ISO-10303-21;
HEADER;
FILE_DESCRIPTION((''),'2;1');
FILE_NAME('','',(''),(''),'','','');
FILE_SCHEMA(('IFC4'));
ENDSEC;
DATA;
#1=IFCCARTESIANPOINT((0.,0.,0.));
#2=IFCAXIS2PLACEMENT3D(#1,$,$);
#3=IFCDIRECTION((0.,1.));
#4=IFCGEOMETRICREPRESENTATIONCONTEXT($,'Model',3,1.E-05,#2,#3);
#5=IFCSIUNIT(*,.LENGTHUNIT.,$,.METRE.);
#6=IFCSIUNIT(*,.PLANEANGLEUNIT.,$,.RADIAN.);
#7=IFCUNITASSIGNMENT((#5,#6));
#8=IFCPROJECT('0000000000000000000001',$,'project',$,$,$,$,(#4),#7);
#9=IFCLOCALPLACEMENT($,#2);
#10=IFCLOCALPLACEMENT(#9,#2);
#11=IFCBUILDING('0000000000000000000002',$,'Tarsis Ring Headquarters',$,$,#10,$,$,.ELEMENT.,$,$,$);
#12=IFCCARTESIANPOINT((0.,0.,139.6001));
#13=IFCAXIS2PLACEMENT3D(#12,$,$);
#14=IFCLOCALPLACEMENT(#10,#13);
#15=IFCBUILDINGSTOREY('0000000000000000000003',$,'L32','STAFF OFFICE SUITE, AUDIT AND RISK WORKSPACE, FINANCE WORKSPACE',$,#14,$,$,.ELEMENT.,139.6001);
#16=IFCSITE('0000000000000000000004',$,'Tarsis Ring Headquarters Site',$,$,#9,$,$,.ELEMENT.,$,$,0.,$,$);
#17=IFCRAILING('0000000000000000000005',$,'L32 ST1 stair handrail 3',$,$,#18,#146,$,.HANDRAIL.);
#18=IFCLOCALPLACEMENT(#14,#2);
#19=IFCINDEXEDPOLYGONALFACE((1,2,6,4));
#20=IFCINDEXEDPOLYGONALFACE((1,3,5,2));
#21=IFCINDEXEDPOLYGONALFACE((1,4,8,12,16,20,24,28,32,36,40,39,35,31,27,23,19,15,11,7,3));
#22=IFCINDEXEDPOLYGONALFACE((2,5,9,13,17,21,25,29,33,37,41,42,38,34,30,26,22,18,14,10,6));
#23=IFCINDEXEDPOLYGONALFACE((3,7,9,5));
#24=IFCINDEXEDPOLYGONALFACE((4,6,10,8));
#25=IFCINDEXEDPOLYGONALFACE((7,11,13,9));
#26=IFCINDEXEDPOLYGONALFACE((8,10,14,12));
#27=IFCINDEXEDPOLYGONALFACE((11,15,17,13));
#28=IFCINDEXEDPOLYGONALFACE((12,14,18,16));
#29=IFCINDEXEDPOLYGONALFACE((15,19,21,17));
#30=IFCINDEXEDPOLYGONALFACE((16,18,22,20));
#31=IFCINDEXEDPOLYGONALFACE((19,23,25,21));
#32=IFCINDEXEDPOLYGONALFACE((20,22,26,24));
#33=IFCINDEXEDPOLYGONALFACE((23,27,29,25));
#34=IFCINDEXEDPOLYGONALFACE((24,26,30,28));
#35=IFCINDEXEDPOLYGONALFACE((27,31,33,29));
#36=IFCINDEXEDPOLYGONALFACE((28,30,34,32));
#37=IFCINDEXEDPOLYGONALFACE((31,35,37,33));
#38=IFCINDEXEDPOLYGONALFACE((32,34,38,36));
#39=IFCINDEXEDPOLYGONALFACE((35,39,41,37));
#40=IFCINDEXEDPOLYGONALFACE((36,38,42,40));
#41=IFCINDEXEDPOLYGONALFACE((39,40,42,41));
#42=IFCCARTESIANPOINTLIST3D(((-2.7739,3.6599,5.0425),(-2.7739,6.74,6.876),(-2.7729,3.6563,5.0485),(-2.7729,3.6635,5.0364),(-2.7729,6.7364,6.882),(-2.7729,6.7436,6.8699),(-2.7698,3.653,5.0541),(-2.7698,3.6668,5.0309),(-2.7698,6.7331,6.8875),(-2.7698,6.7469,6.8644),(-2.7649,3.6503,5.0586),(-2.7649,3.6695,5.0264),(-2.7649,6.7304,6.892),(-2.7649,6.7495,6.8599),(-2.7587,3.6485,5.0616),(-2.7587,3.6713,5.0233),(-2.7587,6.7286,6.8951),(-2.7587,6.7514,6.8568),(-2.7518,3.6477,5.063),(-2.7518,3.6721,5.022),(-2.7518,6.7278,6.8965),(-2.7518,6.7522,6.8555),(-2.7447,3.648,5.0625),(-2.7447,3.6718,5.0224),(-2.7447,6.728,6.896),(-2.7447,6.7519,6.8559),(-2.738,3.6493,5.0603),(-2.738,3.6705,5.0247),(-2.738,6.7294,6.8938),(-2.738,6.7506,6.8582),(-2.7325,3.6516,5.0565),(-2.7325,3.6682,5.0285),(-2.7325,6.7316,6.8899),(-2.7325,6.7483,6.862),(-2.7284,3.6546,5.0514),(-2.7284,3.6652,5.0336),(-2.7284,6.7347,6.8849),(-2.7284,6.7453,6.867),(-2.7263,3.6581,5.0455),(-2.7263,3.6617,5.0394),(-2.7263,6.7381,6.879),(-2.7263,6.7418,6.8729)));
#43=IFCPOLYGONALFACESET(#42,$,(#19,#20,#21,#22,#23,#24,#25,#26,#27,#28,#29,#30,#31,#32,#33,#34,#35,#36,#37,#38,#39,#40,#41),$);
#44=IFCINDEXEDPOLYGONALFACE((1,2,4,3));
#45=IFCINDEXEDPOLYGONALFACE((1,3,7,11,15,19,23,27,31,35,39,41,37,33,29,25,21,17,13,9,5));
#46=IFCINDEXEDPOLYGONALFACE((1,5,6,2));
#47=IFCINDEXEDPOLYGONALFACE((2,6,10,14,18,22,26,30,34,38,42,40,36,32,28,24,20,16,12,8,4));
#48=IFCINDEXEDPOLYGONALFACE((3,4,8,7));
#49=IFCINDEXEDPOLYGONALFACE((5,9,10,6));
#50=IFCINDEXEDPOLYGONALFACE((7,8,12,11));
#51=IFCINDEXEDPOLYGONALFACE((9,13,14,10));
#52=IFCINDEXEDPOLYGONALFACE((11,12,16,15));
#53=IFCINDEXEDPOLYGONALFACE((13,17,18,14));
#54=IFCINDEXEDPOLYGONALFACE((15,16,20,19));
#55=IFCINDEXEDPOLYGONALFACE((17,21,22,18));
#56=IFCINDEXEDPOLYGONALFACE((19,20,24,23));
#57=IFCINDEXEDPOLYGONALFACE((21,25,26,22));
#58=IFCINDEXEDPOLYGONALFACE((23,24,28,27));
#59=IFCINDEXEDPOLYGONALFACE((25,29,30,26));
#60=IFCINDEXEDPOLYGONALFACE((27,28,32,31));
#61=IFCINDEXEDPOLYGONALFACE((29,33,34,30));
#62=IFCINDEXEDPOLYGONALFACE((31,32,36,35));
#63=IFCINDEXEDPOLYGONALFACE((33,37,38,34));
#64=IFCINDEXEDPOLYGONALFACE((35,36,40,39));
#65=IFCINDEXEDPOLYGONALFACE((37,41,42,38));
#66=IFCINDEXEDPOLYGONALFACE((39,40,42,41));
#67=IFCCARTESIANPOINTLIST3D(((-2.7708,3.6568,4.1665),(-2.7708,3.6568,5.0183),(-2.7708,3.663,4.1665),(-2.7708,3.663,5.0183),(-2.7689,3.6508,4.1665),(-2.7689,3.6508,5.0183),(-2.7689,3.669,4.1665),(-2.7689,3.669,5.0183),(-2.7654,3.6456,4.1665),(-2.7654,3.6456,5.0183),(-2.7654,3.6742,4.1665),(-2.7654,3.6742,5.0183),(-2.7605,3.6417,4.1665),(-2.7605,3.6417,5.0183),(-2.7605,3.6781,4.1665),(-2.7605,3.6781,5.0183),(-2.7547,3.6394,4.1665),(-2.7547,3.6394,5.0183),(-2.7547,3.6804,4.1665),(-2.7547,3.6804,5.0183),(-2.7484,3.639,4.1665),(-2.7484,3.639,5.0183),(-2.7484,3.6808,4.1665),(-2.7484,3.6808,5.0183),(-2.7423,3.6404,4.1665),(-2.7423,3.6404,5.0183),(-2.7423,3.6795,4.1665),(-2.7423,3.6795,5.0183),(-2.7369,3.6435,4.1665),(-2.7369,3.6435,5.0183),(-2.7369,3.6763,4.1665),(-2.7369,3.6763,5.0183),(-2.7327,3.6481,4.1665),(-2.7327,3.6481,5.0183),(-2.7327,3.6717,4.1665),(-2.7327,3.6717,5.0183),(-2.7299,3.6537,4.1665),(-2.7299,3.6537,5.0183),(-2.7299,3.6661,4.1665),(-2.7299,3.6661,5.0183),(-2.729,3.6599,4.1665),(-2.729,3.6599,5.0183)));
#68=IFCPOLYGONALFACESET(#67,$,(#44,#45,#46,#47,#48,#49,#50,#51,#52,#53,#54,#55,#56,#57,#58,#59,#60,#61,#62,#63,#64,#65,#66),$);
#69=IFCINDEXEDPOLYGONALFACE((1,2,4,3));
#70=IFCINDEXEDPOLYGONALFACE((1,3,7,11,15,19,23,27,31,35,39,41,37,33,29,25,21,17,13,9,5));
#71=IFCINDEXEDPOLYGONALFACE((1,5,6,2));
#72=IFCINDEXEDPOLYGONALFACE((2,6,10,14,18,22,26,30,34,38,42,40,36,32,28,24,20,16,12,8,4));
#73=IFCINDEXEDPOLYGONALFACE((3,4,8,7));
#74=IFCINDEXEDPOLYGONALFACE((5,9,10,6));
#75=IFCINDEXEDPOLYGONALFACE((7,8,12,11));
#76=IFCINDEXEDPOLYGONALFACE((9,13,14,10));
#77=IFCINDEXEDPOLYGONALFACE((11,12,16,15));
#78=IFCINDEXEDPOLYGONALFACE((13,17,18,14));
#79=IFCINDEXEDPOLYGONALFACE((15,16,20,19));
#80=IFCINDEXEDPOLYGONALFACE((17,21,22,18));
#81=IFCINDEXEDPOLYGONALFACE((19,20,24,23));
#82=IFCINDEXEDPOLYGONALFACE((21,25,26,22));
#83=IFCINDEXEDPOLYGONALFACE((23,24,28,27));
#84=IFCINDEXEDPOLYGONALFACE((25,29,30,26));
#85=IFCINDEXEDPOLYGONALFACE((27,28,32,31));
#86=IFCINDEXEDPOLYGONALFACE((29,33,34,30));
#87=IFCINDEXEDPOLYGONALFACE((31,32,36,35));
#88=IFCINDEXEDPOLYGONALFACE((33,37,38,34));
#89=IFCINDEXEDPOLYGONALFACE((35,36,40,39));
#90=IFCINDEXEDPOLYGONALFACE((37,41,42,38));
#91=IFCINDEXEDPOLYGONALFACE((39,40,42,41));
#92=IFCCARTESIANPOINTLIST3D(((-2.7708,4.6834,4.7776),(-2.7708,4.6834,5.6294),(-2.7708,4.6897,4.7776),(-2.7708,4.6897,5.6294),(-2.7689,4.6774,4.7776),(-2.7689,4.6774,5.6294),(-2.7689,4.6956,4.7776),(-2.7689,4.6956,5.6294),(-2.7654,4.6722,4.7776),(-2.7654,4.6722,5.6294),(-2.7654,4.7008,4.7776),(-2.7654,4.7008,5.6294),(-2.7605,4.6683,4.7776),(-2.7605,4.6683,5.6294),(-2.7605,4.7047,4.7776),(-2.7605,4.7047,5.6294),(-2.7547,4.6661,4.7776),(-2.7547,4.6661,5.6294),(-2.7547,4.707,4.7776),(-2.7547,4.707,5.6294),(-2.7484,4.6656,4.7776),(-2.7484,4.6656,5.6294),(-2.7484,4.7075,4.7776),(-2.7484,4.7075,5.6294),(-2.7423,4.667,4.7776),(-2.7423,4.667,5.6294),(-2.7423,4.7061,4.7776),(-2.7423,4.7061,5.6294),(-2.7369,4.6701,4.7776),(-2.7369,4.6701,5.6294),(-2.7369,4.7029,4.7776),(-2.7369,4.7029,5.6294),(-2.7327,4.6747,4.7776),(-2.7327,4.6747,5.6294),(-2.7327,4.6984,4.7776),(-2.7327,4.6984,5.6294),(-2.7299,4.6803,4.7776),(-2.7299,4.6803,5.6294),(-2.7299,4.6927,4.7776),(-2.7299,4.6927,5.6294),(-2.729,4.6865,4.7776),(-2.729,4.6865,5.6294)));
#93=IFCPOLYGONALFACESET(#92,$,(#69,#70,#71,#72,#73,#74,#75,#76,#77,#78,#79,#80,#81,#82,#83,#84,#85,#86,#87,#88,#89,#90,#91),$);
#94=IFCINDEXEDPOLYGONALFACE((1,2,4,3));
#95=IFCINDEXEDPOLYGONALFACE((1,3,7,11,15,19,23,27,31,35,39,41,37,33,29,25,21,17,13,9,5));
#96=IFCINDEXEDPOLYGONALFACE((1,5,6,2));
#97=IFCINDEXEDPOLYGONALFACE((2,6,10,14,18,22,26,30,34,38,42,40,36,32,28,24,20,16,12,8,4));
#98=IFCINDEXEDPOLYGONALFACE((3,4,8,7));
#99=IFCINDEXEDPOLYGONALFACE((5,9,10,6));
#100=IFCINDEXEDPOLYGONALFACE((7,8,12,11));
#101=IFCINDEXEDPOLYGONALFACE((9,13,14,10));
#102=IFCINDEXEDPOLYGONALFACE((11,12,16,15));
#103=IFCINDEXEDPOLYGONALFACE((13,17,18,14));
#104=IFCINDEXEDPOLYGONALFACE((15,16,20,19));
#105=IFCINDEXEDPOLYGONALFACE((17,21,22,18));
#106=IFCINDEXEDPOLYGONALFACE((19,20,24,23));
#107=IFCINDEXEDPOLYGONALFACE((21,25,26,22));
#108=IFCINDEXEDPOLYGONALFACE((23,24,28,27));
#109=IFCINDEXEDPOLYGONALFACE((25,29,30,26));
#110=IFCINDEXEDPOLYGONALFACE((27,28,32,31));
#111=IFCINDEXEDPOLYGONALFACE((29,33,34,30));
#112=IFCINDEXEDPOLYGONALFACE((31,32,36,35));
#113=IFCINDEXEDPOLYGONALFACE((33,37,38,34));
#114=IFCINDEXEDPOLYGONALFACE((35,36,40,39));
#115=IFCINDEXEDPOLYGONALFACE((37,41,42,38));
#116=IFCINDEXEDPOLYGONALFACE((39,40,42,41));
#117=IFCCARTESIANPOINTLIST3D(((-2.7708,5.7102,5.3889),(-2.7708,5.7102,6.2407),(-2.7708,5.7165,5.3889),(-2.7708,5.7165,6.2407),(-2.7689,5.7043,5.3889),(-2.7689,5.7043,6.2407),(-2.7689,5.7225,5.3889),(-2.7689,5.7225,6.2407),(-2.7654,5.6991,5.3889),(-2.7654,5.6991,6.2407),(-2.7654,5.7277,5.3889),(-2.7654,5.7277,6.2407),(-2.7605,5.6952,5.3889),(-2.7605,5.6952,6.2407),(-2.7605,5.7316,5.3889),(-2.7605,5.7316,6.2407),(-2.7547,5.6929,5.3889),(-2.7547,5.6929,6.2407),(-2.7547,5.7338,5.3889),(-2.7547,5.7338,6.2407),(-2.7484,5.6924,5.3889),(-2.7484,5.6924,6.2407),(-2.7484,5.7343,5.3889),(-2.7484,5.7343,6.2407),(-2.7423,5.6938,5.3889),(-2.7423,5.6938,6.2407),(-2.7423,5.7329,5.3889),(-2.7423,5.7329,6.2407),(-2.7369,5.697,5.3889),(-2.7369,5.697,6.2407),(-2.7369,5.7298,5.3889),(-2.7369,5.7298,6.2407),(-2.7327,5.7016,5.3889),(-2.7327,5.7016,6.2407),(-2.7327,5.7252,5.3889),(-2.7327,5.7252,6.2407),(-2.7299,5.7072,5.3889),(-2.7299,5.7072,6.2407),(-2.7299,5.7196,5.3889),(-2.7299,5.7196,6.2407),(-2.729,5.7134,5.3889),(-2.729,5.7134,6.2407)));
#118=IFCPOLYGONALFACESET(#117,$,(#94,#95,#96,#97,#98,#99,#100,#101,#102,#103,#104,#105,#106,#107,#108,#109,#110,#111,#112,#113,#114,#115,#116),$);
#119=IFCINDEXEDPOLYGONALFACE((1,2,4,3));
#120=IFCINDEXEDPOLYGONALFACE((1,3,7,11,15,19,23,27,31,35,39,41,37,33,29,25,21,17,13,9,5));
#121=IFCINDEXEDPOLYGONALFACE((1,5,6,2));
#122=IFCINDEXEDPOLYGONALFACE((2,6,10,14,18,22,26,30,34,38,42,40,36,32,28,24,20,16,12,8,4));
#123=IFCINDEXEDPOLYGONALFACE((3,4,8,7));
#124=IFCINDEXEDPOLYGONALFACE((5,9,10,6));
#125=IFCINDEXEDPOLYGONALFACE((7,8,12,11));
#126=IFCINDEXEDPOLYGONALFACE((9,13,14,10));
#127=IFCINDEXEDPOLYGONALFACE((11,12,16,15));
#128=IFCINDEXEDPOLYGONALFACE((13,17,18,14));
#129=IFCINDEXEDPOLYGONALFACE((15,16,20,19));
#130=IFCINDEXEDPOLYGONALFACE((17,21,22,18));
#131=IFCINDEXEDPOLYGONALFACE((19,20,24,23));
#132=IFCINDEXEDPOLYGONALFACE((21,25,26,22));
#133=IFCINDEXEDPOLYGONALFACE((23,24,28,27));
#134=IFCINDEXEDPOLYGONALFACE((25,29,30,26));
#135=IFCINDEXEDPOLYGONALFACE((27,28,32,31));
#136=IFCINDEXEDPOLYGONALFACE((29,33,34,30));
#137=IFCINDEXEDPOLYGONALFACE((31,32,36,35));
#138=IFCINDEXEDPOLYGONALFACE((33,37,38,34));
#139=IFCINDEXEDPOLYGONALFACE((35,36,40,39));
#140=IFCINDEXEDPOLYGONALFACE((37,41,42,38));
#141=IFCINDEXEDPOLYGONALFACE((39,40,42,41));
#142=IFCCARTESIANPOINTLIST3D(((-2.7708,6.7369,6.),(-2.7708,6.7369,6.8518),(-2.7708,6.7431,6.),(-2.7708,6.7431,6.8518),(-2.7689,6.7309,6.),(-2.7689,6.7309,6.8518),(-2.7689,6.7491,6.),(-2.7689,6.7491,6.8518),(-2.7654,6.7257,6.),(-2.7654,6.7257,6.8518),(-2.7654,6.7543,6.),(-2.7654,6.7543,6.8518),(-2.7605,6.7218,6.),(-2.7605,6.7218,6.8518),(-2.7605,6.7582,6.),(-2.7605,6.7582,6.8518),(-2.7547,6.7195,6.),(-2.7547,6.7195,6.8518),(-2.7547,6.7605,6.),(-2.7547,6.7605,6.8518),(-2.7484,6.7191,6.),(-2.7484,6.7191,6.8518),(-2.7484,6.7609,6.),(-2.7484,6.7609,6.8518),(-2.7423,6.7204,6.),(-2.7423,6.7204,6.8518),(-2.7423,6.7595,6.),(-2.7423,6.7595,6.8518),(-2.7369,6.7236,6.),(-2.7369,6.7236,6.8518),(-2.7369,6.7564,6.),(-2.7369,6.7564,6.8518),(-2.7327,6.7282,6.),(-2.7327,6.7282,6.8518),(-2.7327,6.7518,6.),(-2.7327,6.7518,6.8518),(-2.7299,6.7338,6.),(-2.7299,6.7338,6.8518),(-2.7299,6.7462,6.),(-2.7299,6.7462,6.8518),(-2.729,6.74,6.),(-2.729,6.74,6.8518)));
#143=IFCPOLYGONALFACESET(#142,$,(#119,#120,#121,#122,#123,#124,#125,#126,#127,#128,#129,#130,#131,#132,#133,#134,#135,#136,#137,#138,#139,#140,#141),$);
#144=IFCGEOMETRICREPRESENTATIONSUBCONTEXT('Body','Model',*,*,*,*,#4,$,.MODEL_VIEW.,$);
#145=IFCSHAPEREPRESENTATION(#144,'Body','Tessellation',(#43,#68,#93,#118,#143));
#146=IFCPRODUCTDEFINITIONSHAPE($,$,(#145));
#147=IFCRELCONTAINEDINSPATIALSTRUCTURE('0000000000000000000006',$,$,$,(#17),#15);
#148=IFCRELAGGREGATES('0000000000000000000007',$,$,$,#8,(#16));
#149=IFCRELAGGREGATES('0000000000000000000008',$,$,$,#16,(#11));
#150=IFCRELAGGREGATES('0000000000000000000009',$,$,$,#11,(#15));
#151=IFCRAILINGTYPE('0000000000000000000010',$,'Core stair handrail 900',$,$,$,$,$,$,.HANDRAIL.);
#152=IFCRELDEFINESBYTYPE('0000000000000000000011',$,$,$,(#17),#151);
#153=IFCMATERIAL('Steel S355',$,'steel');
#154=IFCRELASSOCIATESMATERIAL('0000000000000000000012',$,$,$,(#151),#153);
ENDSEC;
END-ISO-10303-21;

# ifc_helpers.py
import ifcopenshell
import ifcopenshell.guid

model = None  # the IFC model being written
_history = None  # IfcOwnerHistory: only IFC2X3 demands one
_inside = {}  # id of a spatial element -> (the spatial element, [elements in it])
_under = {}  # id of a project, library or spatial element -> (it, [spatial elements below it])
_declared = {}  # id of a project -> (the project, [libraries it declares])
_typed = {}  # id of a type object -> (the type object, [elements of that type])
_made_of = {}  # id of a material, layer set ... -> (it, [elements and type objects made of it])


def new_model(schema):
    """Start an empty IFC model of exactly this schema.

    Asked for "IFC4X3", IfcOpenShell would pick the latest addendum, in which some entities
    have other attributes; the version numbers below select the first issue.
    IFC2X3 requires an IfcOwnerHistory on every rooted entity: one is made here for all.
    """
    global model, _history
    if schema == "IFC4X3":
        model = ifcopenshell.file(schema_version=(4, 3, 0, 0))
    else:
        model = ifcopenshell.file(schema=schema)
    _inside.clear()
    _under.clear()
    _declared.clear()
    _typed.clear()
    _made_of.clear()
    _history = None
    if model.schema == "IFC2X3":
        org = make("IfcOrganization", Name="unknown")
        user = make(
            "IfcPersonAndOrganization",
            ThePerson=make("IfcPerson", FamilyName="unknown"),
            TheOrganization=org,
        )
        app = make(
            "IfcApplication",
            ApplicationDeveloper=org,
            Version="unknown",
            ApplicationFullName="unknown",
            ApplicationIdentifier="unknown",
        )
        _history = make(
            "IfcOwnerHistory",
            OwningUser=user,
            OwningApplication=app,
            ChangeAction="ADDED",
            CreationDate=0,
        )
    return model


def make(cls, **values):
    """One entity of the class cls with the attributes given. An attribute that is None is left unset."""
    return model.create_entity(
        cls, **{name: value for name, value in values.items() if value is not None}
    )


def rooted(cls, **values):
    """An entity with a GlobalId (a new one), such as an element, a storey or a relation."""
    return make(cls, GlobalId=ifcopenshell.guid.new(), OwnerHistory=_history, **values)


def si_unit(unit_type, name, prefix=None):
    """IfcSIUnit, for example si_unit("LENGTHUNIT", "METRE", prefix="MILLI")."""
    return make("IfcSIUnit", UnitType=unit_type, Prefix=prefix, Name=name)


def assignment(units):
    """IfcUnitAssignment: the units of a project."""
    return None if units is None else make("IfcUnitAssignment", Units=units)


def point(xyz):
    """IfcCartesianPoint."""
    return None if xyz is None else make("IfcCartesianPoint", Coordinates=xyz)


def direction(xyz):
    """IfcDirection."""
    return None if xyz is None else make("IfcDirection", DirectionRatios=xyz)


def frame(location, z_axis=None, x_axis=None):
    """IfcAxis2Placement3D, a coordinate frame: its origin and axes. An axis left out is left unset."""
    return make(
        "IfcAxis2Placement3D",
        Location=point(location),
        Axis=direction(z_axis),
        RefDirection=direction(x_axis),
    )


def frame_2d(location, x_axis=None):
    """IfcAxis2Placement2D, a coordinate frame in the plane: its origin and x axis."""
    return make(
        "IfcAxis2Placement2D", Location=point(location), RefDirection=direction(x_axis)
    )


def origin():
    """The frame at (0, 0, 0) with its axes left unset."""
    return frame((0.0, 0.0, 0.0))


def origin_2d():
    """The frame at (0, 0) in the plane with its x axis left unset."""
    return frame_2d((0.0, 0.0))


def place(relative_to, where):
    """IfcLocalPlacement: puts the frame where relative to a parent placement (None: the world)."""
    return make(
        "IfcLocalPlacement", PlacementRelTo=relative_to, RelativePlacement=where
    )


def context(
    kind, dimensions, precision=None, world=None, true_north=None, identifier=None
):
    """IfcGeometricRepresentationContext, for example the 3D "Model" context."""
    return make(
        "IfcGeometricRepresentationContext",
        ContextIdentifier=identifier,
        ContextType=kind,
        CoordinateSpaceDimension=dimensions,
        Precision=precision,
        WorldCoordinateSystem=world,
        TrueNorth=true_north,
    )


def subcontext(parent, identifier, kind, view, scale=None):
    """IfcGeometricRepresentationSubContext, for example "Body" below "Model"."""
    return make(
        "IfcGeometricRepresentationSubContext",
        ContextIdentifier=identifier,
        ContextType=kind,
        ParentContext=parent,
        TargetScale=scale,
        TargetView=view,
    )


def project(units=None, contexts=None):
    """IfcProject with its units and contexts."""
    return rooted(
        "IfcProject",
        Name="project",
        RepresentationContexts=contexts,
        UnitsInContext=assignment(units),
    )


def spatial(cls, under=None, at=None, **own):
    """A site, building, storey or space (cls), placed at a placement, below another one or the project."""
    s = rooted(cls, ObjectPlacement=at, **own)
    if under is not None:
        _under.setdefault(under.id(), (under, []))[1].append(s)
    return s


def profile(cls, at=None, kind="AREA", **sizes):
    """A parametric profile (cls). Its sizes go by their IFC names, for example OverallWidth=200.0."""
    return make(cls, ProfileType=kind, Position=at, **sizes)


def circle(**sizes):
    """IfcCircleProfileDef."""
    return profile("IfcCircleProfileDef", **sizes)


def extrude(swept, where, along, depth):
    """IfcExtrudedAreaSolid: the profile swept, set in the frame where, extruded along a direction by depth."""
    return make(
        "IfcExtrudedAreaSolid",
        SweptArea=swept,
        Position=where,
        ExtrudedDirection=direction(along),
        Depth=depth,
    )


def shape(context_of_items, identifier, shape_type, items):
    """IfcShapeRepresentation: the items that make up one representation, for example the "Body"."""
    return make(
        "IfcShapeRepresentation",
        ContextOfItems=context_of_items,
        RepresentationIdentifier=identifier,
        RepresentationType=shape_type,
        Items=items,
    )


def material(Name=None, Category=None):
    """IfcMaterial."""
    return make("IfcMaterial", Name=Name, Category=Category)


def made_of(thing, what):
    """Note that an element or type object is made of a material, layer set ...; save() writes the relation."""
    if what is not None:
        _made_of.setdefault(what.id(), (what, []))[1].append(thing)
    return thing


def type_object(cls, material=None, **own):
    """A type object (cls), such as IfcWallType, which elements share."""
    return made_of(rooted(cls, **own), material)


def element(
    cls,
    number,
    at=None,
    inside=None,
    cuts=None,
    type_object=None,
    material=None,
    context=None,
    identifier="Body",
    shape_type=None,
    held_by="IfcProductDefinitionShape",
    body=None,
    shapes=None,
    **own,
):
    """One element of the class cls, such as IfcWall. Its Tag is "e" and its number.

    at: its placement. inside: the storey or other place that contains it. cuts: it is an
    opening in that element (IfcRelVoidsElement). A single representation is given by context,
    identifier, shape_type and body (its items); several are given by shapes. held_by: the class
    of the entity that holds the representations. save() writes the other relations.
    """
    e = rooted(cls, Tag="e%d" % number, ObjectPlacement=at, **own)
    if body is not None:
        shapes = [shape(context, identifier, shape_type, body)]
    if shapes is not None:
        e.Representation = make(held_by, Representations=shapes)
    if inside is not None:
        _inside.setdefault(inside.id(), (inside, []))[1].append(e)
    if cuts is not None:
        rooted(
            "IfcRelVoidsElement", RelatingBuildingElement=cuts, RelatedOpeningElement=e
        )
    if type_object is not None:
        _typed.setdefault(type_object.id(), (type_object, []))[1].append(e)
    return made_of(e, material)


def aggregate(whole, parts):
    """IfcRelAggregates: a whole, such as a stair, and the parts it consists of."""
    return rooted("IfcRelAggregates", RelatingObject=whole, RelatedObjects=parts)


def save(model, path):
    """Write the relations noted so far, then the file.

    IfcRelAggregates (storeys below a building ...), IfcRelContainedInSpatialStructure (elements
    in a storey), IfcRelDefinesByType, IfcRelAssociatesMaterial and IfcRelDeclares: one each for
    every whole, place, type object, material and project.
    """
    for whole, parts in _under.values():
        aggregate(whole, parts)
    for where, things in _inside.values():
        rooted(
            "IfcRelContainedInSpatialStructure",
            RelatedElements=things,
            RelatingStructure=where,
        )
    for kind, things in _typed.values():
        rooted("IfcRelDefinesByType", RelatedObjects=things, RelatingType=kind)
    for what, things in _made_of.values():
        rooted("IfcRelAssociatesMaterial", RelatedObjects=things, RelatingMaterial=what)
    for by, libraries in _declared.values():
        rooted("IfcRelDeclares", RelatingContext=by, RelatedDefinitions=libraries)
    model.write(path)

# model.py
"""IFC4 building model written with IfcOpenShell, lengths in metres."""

from ifc_helpers import new_model, si_unit, direction, frame, origin, origin_2d, place, context, subcontext, project, spatial, circle, extrude, material, type_object, element, save


model = new_model("IFC4")

# Units and contexts
model_context = context("Model", 3, precision=1e-05, world=origin(), true_north=direction((0.0, 1.0)))
body_context = subcontext(model_context, "Body", "Model", "MODEL_VIEW")
ifc_project = project(units=[si_unit("LENGTHUNIT", "METRE"), si_unit("PLANEANGLEUNIT", "RADIAN")], contexts=[model_context])

# Site, building, storey
site_placement = place(None, origin())
site = spatial("IfcSite", under=ifc_project, at=site_placement, Name="Tarsis Ring Headquarters Site", CompositionType="ELEMENT", RefElevation=0.0)
building_placement = place(site_placement, origin())
building = spatial("IfcBuilding", under=site, at=building_placement, Name="Tarsis Ring Headquarters", CompositionType="ELEMENT")
storey_placement = place(building_placement, frame((0.0, 0.0, 139.6001)))
storey = spatial("IfcBuildingStorey", under=building, at=storey_placement, Name="L32", Description="STAFF OFFICE SUITE, AUDIT AND RISK WORKSPACE, FINANCE WORKSPACE", CompositionType="ELEMENT", Elevation=139.6001)

# Shared definitions
ifc_material_1 = material(Name="Steel S355", Category="steel")

# Railing
railing_type_1 = type_object("IfcRailingType", Name="Core stair handrail 900", PredefinedType="HANDRAIL", material=ifc_material_1)
for number, where, name in (
    (1, (-2.75, 3.6599, 4.1665), "L32 ST1 stair handrail 3"),
):
    element("IfcRailing", number, at=place(storey_placement, frame(where)), inside=storey, type_object=railing_type_1, Name=name, PredefinedType="HANDRAIL", context=body_context, shape_type="SweptSolid", body=[
        extrude(circle(Radius=0.0239, at=origin_2d()), frame((0.0, 0.0, 0.876), z_axis=(0.0, 0.859279, 0.511508), x_axis=(-1.0, 0.0, 0.0)), (0.0, 0.0, 1.0), 3.5845),
        extrude(circle(Radius=0.021, at=origin_2d()), origin(), (0.0, 0.0, 1.0), 0.8518),
        extrude(circle(Radius=0.021, at=origin_2d()), frame((0.0, 1.0266, 0.6111)), (0.0, 0.0, 1.0), 0.8518),
        extrude(circle(Radius=0.021, at=origin_2d()), frame((0.0, 2.0535, 1.2224)), (0.0, 0.0, 1.0), 0.8518),
        extrude(circle(Radius=0.021, at=origin_2d()), frame((0.0, 3.0801, 1.8335)), (0.0, 0.0, 1.0), 0.8518),
    ])

save(model, "model.ifc")
